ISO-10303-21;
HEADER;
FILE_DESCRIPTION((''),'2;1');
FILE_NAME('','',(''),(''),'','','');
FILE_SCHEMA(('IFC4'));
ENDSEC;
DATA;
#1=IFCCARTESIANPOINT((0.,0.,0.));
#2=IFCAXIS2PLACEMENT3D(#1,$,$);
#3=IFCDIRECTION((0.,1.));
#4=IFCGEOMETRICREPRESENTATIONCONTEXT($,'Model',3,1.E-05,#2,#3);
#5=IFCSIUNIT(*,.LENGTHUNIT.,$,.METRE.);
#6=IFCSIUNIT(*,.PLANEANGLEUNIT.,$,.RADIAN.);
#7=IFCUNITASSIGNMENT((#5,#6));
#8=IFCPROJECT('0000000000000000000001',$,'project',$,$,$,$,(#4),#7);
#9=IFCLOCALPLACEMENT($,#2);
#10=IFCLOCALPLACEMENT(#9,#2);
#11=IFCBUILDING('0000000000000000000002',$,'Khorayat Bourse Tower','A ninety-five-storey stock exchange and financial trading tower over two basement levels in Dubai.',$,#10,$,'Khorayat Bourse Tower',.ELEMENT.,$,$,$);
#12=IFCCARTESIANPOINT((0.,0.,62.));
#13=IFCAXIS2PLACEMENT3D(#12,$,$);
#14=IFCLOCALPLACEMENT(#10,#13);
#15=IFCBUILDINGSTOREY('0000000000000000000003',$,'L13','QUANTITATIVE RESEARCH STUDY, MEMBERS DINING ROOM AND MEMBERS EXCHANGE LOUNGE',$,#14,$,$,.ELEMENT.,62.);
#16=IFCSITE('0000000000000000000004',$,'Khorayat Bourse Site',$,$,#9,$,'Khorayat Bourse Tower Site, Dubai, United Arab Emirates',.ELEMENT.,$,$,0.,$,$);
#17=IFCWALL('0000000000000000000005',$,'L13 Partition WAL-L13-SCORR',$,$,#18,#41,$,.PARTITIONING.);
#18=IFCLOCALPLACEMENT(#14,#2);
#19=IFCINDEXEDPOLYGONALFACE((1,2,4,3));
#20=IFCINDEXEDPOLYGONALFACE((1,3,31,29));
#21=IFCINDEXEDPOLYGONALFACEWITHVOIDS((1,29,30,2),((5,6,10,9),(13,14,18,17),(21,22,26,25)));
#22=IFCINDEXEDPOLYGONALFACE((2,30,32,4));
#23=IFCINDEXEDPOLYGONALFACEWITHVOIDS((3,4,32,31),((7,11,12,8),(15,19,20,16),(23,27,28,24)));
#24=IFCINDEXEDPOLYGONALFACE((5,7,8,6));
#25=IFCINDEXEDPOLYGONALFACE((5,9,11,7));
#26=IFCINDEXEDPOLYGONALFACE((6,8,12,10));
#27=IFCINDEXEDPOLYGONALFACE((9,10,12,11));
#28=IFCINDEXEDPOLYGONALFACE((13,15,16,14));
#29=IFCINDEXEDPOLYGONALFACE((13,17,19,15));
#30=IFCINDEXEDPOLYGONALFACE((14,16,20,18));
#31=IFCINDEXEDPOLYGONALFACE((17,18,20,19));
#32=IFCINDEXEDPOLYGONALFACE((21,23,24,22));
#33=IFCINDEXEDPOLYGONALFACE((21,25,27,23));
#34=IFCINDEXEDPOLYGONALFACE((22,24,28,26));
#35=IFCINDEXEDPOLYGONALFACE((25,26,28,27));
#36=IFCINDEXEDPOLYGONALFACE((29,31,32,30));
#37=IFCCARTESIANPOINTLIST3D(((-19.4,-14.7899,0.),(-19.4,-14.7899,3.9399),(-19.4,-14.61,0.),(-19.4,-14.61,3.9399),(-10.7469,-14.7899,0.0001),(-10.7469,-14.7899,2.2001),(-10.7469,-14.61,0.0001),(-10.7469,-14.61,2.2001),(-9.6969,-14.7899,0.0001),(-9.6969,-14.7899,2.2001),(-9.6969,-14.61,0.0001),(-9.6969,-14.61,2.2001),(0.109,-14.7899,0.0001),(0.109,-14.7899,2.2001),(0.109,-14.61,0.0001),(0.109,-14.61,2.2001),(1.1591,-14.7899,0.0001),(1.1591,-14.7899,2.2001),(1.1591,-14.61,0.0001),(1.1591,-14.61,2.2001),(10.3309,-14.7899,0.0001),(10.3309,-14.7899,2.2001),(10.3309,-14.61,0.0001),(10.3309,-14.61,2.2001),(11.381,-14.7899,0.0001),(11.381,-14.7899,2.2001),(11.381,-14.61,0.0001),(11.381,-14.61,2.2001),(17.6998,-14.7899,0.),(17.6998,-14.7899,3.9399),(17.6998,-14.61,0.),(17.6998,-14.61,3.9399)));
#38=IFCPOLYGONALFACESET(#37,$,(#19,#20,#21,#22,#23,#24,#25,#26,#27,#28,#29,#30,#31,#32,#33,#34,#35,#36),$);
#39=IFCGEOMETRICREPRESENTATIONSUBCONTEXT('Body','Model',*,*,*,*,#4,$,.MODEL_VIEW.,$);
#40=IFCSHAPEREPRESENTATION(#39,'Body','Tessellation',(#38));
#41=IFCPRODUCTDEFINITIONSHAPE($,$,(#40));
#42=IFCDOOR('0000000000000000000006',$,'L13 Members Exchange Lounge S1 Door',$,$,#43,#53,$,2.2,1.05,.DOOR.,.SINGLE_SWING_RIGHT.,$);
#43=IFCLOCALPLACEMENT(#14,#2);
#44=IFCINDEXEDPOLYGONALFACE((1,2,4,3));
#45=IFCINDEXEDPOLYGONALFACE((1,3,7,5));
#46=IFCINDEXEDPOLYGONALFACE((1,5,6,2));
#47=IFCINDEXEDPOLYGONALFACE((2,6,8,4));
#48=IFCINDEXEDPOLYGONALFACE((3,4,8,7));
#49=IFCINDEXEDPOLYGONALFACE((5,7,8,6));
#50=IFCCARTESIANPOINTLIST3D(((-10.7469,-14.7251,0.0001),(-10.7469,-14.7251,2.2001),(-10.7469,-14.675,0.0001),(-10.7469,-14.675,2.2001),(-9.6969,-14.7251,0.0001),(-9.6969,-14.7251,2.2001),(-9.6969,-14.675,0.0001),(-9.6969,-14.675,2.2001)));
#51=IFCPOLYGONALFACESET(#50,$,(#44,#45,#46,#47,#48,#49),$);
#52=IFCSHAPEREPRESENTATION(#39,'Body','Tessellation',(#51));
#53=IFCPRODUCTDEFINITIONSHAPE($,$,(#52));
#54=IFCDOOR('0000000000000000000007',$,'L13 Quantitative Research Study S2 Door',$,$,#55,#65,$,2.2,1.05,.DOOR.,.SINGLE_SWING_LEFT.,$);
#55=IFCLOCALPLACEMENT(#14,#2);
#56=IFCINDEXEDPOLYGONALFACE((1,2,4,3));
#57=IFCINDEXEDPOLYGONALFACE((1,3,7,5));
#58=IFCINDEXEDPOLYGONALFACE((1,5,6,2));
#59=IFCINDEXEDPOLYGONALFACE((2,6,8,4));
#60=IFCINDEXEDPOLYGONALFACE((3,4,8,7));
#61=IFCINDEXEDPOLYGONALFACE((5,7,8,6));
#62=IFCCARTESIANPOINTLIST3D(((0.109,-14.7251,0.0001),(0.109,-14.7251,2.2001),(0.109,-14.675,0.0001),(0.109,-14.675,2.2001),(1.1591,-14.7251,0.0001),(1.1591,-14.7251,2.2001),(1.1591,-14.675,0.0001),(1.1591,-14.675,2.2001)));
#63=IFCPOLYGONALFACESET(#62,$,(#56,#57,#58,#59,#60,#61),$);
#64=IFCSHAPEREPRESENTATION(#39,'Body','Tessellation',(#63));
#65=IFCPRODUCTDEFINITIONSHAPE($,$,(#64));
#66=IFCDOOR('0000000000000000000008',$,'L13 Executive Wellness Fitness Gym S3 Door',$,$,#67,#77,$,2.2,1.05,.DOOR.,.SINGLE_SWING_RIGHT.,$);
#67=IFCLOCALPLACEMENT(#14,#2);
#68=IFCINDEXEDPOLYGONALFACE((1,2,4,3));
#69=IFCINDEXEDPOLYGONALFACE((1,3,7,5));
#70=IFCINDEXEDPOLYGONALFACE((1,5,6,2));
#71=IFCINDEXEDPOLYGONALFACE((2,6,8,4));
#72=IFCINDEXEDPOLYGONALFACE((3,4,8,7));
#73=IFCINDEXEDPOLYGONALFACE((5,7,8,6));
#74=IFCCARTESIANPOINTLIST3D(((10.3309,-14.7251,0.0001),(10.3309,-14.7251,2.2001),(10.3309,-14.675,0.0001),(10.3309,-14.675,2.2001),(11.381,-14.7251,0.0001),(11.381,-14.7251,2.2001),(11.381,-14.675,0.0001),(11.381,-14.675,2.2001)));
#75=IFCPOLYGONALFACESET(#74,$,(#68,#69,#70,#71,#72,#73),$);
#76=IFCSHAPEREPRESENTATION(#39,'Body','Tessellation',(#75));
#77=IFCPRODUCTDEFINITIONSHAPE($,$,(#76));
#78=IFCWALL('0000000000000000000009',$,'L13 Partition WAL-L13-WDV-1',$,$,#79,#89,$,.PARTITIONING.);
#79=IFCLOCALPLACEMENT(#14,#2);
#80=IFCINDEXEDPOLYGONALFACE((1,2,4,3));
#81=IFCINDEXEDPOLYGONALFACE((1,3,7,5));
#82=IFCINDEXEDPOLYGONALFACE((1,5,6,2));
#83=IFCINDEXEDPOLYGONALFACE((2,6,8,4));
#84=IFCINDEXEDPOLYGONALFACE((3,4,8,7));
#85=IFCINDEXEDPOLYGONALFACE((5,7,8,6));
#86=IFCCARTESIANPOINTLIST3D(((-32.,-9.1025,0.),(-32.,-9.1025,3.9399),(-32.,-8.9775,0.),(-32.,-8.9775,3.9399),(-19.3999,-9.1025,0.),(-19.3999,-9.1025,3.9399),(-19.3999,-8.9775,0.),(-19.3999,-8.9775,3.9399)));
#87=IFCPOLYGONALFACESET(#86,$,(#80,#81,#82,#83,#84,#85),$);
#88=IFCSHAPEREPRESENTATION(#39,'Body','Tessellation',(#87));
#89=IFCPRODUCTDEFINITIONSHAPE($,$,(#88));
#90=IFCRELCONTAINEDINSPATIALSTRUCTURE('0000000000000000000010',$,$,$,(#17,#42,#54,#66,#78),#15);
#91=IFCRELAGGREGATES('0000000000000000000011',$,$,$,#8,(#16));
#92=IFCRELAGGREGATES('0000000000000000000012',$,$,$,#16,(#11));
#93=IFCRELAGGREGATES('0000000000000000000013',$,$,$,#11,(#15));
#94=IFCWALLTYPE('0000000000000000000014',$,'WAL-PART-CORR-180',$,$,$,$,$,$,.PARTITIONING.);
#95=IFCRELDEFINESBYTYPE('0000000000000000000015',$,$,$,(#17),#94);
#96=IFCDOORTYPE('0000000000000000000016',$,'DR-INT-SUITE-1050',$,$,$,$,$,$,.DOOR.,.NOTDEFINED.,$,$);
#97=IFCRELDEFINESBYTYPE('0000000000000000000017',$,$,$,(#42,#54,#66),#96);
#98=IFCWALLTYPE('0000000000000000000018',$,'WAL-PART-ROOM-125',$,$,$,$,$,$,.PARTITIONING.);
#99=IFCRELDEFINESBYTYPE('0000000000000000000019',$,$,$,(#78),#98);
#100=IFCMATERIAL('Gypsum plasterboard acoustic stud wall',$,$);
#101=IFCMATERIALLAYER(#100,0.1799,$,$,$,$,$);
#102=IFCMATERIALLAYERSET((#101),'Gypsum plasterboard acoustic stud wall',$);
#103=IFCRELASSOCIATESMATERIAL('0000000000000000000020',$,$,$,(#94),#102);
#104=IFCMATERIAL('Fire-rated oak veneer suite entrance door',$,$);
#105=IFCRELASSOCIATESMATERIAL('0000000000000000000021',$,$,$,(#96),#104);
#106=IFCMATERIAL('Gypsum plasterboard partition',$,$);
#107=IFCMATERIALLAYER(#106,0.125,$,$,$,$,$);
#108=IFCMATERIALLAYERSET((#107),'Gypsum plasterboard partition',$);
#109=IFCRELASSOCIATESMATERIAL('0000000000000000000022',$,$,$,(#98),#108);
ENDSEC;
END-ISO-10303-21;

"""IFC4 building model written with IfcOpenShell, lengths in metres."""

from ifc_helpers import new_model, si_unit, direction, frame, frame_2d, origin, place, context, subcontext, project, spatial, rectangle, extrude, source, transform, mapped, material, layer, layer_set, type_object, element, fill, save


model = new_model("IFC4")

# Units and contexts
model_context = context("Model", 3, precision=1e-05, world=origin(), true_north=direction((0.0, 1.0)))
body_context = subcontext(model_context, "Body", "Model", "MODEL_VIEW")
ifc_project = project(units=[si_unit("LENGTHUNIT", "METRE"), si_unit("PLANEANGLEUNIT", "RADIAN")], contexts=[model_context])

# Site, building, storey
site_placement = place(None, origin())
site = spatial("IfcSite", under=ifc_project, at=site_placement, Name="Khorayat Bourse Site", LongName="Khorayat Bourse Tower Site, Dubai, United Arab Emirates", CompositionType="ELEMENT", RefElevation=0.0)
building_placement = place(site_placement, origin())
building = spatial("IfcBuilding", under=site, at=building_placement, Name="Khorayat Bourse Tower", Description="A ninety-five-storey stock exchange and financial trading tower over two basement levels in Dubai.", LongName="Khorayat Bourse Tower", CompositionType="ELEMENT")
storey_placement = place(building_placement, frame((0.0, 0.0, 62.0)))
storey = spatial("IfcBuildingStorey", under=building, at=storey_placement, Name="L13", Description="QUANTITATIVE RESEARCH STUDY, MEMBERS DINING ROOM AND MEMBERS EXCHANGE LOUNGE", CompositionType="ELEMENT", Elevation=62.0)

# Wall, openings, doors
ifc_material_1 = material(Name="Gypsum plasterboard acoustic stud wall")
ifc_layer_1 = layer(ifc_material_1, 0.1799)
ifc_layer_set_1 = layer_set([ifc_layer_1], Name="Gypsum plasterboard acoustic stud wall")
wall_type_1 = type_object("IfcWallType", Name="WAL-PART-CORR-180", PredefinedType="PARTITIONING", material=ifc_layer_set_1)
shared_shape_1 = source(origin(), body_context, "Body", "SweptSolid", [
    extrude(rectangle(XDim=37.0999, YDim=0.1799, at=frame_2d((18.5498, 0.0))), origin(), (0.0, 0.0, 1.0), 3.9399),
])
wall_1_placement = place(storey_placement, frame((-19.3999, -14.7, 0.0), z_axis=(0.0, 0.0, 1.0), x_axis=(1.0, 0.0, 0.0)))
wall_1 = element("IfcWall", 1, at=wall_1_placement, inside=storey, type_object=wall_type_1, Name="L13 Partition WAL-L13-SCORR", PredefinedType="PARTITIONING", context=body_context, shape_type="MappedRepresentation", body=[
    mapped(shared_shape_1, transform((0.0, 0.0, 0.0), scale=1.0)),
])
shared_shape_2 = source(origin(), body_context, "Body", "SweptSolid", [
    extrude(rectangle(XDim=1.05, YDim=2.2, at=frame_2d((0.5249, 1.1001))), frame((0.0, 0.0999, 0.0), z_axis=(0.0, -1.0, 0.0), x_axis=(1.0, 0.0, 0.0)), (0.0, 0.0, 1.0), 0.2),
])
opening_1_placement = place(wall_1_placement, frame((8.6531, 0.0, 0.0)))
opening_1 = element("IfcOpeningElement", 2, at=opening_1_placement, cuts=wall_1, PredefinedType="OPENING", context=body_context, shape_type="MappedRepresentation", body=[
    mapped(shared_shape_2, transform((0.0, 0.0, 0.0), scale=1.0)),
])
opening_2_placement = place(wall_1_placement, frame((19.509, 0.0, 0.0)))
opening_2 = element("IfcOpeningElement", 3, at=opening_2_placement, cuts=wall_1, PredefinedType="OPENING", context=body_context, shape_type="MappedRepresentation", body=[
    mapped(shared_shape_2, transform((0.0, 0.0, 0.0), scale=1.0)),
])
opening_3_placement = place(wall_1_placement, frame((29.731, 0.0, 0.0)))
opening_3 = element("IfcOpeningElement", 4, at=opening_3_placement, cuts=wall_1, PredefinedType="OPENING", context=body_context, shape_type="MappedRepresentation", body=[
    mapped(shared_shape_2, transform((0.0, 0.0, 0.0), scale=1.0)),
])
ifc_material_2 = material(Name="Fire-rated oak veneer suite entrance door")
door_type_1 = type_object("IfcDoorType", Name="DR-INT-SUITE-1050", OperationType="NOTDEFINED", PredefinedType="DOOR", material=ifc_material_2)
shared_shape_3 = source(origin(), body_context, "Body", "SweptSolid", [
    extrude(rectangle(XDim=1.05, YDim=2.2, at=frame_2d((0.5249, 1.1001))), frame((0.0, 0.0249, 0.0), z_axis=(0.0, -1.0, 0.0), x_axis=(1.0, 0.0, 0.0)), (0.0, 0.0, 1.0), 0.05),
])
door_1_placement = place(opening_1_placement, origin())
door_1 = element("IfcDoor", 5, at=door_1_placement, inside=storey, type_object=door_type_1, Name="L13 Members Exchange Lounge S1 Door", OperationType="SINGLE_SWING_RIGHT", OverallHeight=2.2, OverallWidth=1.05, PredefinedType="DOOR", context=body_context, shape_type="MappedRepresentation", body=[
    mapped(shared_shape_3, transform((0.0, 0.0, 0.0), scale=1.0)),
])
fill(opening_1, door_1)
door_2_placement = place(opening_2_placement, origin())
door_2 = element("IfcDoor", 6, at=door_2_placement, inside=storey, type_object=door_type_1, Name="L13 Quantitative Research Study S2 Door", OperationType="SINGLE_SWING_LEFT", OverallHeight=2.2, OverallWidth=1.05, PredefinedType="DOOR", context=body_context, shape_type="MappedRepresentation", body=[
    mapped(shared_shape_3, transform((0.0, 0.0, 0.0), scale=1.0)),
])
fill(opening_2, door_2)
door_3_placement = place(opening_3_placement, origin())
door_3 = element("IfcDoor", 7, at=door_3_placement, inside=storey, type_object=door_type_1, Name="L13 Executive Wellness Fitness Gym S3 Door", OperationType="SINGLE_SWING_RIGHT", OverallHeight=2.2, OverallWidth=1.05, PredefinedType="DOOR", context=body_context, shape_type="MappedRepresentation", body=[
    mapped(shared_shape_3, transform((0.0, 0.0, 0.0), scale=1.0)),
])
fill(opening_3, door_3)

# Wall
ifc_material_3 = material(Name="Gypsum plasterboard partition")
ifc_layer_2 = layer(ifc_material_3, 0.125)
ifc_layer_set_2 = layer_set([ifc_layer_2], Name="Gypsum plasterboard partition")
wall_type_2 = type_object("IfcWallType", Name="WAL-PART-ROOM-125", PredefinedType="PARTITIONING", material=ifc_layer_set_2)
shared_shape_4 = source(origin(), body_context, "Body", "SweptSolid", [
    extrude(rectangle(XDim=12.6001, YDim=0.125, at=frame_2d((6.3, 0.0))), origin(), (0.0, 0.0, 1.0), 3.9399),
])
wall_2_placement = place(storey_placement, frame((-32.0, -9.04, 0.0), z_axis=(0.0, 0.0, 1.0), x_axis=(1.0, 0.0, 0.0)))
element("IfcWall", 8, at=wall_2_placement, inside=storey, type_object=wall_type_2, Name="L13 Partition WAL-L13-WDV-1", PredefinedType="PARTITIONING", context=body_context, shape_type="MappedRepresentation", body=[
    mapped(shared_shape_4, transform((0.0, 0.0, 0.0), scale=1.0)),
])

save(model, "model.ifc")
